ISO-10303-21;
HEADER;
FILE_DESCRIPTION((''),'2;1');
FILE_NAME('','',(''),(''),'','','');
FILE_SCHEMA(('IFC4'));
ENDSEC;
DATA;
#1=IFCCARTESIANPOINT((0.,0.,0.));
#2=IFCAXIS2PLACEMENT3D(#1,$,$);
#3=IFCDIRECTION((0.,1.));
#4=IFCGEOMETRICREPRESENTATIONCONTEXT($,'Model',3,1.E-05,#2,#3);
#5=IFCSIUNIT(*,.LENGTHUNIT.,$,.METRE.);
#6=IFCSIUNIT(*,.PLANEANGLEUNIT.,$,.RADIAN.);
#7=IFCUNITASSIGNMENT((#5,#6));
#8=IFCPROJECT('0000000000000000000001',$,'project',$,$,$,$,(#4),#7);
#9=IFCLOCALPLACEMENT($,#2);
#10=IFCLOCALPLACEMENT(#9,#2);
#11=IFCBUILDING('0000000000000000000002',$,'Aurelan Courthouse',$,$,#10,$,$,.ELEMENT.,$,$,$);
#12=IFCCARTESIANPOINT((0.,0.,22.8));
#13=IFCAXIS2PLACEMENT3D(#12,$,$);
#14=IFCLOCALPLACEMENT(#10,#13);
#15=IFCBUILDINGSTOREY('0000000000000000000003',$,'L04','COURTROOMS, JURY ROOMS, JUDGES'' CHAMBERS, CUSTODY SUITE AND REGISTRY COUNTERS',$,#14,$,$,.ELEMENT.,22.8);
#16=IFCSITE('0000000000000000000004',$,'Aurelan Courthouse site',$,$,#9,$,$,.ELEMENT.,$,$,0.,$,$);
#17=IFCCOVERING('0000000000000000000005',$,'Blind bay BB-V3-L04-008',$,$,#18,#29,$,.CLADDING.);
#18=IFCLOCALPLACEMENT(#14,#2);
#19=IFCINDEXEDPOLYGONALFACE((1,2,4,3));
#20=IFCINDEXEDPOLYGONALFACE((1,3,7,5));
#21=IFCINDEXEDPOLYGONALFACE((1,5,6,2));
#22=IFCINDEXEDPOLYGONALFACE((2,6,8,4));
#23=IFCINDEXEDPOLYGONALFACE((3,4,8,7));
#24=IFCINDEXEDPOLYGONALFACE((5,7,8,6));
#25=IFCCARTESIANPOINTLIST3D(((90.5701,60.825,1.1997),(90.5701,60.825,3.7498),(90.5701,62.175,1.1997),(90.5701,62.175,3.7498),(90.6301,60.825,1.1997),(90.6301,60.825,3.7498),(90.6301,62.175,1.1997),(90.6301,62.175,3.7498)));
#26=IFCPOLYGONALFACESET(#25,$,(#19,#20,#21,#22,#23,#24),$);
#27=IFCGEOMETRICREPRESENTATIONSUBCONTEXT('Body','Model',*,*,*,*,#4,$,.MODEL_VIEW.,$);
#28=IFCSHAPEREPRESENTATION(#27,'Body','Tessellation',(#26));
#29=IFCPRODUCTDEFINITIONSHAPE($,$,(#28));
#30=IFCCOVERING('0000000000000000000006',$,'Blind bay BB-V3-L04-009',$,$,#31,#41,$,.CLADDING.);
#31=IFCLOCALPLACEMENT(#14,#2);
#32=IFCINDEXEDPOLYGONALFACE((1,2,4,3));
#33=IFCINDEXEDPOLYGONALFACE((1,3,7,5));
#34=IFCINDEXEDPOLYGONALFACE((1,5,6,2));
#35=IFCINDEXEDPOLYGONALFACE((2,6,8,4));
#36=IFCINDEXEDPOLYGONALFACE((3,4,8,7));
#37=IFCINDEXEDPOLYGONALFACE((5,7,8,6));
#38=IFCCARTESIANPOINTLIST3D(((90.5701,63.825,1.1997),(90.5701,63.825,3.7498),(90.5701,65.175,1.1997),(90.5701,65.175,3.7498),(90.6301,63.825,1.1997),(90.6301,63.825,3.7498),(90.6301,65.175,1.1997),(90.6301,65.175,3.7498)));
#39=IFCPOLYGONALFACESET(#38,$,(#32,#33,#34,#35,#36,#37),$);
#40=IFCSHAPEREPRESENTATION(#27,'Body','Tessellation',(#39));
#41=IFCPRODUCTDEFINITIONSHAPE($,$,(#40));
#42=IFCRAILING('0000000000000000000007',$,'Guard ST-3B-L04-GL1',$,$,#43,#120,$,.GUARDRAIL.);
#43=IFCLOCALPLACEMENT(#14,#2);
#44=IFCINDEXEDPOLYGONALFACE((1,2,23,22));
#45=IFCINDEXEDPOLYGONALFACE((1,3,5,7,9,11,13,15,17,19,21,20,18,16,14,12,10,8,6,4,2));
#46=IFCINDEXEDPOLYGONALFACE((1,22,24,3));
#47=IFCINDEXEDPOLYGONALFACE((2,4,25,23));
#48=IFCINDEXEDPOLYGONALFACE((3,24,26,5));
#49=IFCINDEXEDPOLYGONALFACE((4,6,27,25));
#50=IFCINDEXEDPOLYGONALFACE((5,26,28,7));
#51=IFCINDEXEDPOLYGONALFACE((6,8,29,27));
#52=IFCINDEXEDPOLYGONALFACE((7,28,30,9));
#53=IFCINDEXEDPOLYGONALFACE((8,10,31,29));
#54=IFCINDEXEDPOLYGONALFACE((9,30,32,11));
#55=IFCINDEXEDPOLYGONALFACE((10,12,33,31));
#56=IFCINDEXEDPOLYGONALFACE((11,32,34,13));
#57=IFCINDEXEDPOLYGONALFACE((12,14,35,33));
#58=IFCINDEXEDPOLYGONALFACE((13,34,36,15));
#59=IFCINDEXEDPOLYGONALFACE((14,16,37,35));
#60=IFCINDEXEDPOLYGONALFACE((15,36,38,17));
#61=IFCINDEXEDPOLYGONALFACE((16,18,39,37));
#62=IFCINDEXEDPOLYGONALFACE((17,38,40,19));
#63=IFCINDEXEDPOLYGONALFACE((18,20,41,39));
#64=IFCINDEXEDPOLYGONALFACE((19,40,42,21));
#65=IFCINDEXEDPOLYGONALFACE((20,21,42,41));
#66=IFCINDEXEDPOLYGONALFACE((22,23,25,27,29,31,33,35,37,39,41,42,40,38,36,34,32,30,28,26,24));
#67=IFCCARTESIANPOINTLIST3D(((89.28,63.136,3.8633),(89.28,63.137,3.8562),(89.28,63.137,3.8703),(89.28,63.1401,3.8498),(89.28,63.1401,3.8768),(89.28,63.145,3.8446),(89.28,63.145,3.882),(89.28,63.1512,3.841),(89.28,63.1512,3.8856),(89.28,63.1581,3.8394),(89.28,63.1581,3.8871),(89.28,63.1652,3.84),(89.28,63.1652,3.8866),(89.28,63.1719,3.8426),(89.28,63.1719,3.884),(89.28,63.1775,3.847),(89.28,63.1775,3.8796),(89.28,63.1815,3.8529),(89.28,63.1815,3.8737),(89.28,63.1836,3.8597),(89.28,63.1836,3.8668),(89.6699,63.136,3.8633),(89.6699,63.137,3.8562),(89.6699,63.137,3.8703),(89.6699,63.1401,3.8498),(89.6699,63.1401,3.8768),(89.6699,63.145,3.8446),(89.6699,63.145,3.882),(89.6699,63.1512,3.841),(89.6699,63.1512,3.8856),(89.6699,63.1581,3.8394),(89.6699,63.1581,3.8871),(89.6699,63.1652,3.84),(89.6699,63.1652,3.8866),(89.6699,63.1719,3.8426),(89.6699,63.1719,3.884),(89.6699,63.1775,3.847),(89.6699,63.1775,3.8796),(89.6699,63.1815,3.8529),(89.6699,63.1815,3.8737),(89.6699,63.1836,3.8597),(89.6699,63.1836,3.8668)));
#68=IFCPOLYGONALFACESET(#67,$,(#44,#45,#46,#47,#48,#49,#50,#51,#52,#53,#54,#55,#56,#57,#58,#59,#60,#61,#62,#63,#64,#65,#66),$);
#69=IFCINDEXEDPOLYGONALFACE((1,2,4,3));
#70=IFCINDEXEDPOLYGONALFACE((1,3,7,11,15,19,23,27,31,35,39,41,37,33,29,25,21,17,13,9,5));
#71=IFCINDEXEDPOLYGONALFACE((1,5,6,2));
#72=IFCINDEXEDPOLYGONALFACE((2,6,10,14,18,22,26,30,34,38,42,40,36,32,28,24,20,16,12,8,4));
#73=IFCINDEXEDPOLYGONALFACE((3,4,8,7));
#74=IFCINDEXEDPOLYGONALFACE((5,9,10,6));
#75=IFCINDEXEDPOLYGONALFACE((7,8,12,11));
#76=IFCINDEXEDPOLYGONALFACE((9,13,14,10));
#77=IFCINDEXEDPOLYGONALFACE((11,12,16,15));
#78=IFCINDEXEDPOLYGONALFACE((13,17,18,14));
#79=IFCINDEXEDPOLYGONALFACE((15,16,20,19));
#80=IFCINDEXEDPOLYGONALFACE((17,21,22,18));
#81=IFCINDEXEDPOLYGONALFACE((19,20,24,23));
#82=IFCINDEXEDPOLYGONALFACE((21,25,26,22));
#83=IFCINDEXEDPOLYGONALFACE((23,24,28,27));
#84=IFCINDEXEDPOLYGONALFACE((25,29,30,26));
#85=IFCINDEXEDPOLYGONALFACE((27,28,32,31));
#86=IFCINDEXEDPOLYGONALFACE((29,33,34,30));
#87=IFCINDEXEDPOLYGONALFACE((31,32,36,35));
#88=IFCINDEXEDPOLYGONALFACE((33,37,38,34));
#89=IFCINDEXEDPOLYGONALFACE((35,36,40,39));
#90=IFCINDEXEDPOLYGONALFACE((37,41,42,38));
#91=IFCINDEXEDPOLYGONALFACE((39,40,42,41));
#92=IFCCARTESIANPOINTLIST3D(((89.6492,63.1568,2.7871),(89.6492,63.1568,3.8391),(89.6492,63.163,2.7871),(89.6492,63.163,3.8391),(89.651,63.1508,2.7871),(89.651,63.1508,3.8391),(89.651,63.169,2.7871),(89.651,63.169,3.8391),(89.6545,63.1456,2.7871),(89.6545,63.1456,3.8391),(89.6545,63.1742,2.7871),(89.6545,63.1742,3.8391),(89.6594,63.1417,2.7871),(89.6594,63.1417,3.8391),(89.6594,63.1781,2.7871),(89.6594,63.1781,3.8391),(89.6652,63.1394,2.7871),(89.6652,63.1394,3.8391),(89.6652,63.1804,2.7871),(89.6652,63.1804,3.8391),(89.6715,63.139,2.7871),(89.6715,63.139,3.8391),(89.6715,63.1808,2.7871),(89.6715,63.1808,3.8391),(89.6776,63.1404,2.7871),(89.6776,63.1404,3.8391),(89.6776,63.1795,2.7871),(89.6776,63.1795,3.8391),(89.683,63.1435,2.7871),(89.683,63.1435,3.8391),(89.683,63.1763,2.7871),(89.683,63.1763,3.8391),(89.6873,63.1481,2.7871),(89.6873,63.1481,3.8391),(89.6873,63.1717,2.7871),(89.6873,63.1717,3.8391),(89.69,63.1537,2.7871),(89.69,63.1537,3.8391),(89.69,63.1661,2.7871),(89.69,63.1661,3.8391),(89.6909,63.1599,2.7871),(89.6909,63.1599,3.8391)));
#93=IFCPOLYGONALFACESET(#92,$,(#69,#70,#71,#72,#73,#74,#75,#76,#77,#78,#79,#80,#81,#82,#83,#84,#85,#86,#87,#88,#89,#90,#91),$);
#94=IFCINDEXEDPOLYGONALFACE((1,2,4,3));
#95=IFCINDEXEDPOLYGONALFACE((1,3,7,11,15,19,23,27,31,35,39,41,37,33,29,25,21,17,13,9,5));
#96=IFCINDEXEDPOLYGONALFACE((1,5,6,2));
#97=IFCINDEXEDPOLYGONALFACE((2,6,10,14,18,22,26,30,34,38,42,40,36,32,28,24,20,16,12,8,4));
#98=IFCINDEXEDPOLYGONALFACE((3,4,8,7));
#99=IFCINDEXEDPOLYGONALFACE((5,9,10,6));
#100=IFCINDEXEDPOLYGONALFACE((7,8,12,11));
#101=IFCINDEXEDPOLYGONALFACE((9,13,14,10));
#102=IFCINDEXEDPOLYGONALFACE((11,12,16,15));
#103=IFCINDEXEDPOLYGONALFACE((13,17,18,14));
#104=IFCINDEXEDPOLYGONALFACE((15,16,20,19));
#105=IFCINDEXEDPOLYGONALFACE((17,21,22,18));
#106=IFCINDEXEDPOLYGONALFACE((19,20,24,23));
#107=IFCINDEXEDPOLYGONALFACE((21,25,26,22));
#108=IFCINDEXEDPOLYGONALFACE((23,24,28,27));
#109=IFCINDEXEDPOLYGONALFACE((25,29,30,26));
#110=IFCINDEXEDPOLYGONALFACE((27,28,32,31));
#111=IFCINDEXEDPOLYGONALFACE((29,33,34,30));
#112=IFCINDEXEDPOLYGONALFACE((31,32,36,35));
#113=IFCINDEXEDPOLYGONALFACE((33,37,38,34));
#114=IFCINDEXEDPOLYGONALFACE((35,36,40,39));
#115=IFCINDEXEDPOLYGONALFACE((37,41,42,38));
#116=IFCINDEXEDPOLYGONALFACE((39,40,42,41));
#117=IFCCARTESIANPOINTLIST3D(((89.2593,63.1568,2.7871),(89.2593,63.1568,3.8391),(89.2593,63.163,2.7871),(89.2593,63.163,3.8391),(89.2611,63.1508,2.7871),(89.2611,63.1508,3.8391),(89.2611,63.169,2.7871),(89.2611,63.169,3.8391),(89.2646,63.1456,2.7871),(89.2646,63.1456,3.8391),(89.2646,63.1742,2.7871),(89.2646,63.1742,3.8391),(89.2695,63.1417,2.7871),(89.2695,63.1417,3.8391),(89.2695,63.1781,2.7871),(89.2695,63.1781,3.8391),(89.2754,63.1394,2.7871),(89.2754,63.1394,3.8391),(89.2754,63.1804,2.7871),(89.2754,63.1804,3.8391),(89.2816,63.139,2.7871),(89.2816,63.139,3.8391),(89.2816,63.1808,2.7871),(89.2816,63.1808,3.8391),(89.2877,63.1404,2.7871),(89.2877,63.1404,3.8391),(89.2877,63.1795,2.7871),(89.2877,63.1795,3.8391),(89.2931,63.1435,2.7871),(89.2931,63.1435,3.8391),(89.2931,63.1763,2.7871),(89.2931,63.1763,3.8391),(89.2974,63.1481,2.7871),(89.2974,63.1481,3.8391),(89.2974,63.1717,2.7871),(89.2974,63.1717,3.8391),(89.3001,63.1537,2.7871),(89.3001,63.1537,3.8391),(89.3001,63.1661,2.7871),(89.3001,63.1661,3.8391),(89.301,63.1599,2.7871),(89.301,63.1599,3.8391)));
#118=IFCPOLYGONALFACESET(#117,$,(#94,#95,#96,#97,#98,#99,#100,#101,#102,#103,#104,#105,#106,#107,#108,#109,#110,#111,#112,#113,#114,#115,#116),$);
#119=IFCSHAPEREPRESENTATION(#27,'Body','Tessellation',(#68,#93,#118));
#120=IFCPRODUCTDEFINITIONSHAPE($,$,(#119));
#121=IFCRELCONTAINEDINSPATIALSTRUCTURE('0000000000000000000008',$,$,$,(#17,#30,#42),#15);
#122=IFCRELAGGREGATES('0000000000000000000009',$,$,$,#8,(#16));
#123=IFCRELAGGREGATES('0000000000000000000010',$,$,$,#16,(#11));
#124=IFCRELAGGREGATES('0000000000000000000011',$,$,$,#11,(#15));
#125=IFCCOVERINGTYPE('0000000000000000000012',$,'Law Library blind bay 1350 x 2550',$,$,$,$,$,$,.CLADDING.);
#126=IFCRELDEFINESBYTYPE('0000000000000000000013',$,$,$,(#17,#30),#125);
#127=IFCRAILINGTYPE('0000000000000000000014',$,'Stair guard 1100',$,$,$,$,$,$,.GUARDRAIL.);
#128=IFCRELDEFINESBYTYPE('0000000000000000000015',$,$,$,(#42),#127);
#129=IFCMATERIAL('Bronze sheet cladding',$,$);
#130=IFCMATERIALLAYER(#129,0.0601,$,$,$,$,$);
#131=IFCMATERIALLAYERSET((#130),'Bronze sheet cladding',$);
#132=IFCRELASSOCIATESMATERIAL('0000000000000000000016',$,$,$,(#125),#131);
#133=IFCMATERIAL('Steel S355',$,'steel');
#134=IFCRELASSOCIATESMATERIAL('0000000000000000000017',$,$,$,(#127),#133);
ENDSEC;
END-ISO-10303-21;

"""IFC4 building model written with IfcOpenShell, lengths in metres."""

from ifc_helpers import new_model, si_unit, direction, frame, origin, origin_2d, place, context, subcontext, project, spatial, rectangle, circle, extrude, material, layer, layer_set, type_object, element, save


model = new_model("IFC4")

# Units and contexts
model_context = context("Model", 3, precision=1e-05, world=origin(), true_north=direction((0.0, 1.0)))
body_context = subcontext(model_context, "Body", "Model", "MODEL_VIEW")
ifc_project = project(units=[si_unit("LENGTHUNIT", "METRE"), si_unit("PLANEANGLEUNIT", "RADIAN")], contexts=[model_context])

# Site, building, storey
site_placement = place(None, origin())
site = spatial("IfcSite", under=ifc_project, at=site_placement, Name="Aurelan Courthouse site", CompositionType="ELEMENT", RefElevation=0.0)
building_placement = place(site_placement, origin())
building = spatial("IfcBuilding", under=site, at=building_placement, Name="Aurelan Courthouse", CompositionType="ELEMENT")
storey_placement = place(building_placement, frame((0.0, 0.0, 22.8)))
storey = spatial("IfcBuildingStorey", under=building, at=storey_placement, Name="L04", Description="COURTROOMS, JURY ROOMS, JUDGES' CHAMBERS, CUSTODY SUITE AND REGISTRY COUNTERS", CompositionType="ELEMENT", Elevation=22.8)

# Coverings
ifc_material_1 = material(Name="Bronze sheet cladding")
ifc_layer_1 = layer(ifc_material_1, 0.0601)
ifc_layer_set_1 = layer_set([ifc_layer_1], Name="Bronze sheet cladding")
covering_type = type_object("IfcCoveringType", Name="Law Library blind bay 1350 x 2550", PredefinedType="CLADDING", material=ifc_layer_set_1)
for number, where, z_axis, x_axis, name in (
    (1, (90.6001, 61.5, 1.1997), (0.0, 0.0, 1.0), (1.0, 0.0, 0.0), "Blind bay BB-V3-L04-008"),
    (2, (90.6001, 64.5, 1.1997), (0.0, 0.0, 1.0), (1.0, 0.0, 0.0), "Blind bay BB-V3-L04-009"),
):
    element("IfcCovering", number, at=place(storey_placement, frame(where, z_axis=z_axis, x_axis=x_axis)), inside=storey, type_object=covering_type, Name=name, PredefinedType="CLADDING", context=body_context, shape_type="SweptSolid", body=[
        extrude(rectangle(XDim=0.0601, YDim=1.3501, at=origin_2d()), origin(), (0.0, 0.0, 1.0), 2.55),
    ])

# Railing
ifc_material_2 = material(Name="Steel S355", Category="steel")
railing_type_1 = type_object("IfcRailingType", Name="Stair guard 1100", PredefinedType="GUARDRAIL", material=ifc_material_2)
railing_placement = place(storey_placement, frame((89.6699, 63.1599, 2.7871)))
element("IfcRailing", 3, at=railing_placement, inside=storey, type_object=railing_type_1, Name="Guard ST-3B-L04-GL1", PredefinedType="GUARDRAIL", context=body_context, shape_type="SweptSolid", body=[
    extrude(circle(Radius=0.0239, at=origin_2d()), frame((0.0, 0.0, 1.0762), z_axis=(-1.0, 0.0, 0.0), x_axis=(0.0, -1.0, 0.0)), (0.0, 0.0, 1.0), 0.3899),
    extrude(circle(Radius=0.021, at=origin_2d()), origin(), (0.0, 0.0, 1.0), 1.052),
    extrude(circle(Radius=0.021, at=origin_2d()), frame((-0.3899, 0.0, 0.0)), (0.0, 0.0, 1.0), 1.052),
])

save(model, "model.ifc")
